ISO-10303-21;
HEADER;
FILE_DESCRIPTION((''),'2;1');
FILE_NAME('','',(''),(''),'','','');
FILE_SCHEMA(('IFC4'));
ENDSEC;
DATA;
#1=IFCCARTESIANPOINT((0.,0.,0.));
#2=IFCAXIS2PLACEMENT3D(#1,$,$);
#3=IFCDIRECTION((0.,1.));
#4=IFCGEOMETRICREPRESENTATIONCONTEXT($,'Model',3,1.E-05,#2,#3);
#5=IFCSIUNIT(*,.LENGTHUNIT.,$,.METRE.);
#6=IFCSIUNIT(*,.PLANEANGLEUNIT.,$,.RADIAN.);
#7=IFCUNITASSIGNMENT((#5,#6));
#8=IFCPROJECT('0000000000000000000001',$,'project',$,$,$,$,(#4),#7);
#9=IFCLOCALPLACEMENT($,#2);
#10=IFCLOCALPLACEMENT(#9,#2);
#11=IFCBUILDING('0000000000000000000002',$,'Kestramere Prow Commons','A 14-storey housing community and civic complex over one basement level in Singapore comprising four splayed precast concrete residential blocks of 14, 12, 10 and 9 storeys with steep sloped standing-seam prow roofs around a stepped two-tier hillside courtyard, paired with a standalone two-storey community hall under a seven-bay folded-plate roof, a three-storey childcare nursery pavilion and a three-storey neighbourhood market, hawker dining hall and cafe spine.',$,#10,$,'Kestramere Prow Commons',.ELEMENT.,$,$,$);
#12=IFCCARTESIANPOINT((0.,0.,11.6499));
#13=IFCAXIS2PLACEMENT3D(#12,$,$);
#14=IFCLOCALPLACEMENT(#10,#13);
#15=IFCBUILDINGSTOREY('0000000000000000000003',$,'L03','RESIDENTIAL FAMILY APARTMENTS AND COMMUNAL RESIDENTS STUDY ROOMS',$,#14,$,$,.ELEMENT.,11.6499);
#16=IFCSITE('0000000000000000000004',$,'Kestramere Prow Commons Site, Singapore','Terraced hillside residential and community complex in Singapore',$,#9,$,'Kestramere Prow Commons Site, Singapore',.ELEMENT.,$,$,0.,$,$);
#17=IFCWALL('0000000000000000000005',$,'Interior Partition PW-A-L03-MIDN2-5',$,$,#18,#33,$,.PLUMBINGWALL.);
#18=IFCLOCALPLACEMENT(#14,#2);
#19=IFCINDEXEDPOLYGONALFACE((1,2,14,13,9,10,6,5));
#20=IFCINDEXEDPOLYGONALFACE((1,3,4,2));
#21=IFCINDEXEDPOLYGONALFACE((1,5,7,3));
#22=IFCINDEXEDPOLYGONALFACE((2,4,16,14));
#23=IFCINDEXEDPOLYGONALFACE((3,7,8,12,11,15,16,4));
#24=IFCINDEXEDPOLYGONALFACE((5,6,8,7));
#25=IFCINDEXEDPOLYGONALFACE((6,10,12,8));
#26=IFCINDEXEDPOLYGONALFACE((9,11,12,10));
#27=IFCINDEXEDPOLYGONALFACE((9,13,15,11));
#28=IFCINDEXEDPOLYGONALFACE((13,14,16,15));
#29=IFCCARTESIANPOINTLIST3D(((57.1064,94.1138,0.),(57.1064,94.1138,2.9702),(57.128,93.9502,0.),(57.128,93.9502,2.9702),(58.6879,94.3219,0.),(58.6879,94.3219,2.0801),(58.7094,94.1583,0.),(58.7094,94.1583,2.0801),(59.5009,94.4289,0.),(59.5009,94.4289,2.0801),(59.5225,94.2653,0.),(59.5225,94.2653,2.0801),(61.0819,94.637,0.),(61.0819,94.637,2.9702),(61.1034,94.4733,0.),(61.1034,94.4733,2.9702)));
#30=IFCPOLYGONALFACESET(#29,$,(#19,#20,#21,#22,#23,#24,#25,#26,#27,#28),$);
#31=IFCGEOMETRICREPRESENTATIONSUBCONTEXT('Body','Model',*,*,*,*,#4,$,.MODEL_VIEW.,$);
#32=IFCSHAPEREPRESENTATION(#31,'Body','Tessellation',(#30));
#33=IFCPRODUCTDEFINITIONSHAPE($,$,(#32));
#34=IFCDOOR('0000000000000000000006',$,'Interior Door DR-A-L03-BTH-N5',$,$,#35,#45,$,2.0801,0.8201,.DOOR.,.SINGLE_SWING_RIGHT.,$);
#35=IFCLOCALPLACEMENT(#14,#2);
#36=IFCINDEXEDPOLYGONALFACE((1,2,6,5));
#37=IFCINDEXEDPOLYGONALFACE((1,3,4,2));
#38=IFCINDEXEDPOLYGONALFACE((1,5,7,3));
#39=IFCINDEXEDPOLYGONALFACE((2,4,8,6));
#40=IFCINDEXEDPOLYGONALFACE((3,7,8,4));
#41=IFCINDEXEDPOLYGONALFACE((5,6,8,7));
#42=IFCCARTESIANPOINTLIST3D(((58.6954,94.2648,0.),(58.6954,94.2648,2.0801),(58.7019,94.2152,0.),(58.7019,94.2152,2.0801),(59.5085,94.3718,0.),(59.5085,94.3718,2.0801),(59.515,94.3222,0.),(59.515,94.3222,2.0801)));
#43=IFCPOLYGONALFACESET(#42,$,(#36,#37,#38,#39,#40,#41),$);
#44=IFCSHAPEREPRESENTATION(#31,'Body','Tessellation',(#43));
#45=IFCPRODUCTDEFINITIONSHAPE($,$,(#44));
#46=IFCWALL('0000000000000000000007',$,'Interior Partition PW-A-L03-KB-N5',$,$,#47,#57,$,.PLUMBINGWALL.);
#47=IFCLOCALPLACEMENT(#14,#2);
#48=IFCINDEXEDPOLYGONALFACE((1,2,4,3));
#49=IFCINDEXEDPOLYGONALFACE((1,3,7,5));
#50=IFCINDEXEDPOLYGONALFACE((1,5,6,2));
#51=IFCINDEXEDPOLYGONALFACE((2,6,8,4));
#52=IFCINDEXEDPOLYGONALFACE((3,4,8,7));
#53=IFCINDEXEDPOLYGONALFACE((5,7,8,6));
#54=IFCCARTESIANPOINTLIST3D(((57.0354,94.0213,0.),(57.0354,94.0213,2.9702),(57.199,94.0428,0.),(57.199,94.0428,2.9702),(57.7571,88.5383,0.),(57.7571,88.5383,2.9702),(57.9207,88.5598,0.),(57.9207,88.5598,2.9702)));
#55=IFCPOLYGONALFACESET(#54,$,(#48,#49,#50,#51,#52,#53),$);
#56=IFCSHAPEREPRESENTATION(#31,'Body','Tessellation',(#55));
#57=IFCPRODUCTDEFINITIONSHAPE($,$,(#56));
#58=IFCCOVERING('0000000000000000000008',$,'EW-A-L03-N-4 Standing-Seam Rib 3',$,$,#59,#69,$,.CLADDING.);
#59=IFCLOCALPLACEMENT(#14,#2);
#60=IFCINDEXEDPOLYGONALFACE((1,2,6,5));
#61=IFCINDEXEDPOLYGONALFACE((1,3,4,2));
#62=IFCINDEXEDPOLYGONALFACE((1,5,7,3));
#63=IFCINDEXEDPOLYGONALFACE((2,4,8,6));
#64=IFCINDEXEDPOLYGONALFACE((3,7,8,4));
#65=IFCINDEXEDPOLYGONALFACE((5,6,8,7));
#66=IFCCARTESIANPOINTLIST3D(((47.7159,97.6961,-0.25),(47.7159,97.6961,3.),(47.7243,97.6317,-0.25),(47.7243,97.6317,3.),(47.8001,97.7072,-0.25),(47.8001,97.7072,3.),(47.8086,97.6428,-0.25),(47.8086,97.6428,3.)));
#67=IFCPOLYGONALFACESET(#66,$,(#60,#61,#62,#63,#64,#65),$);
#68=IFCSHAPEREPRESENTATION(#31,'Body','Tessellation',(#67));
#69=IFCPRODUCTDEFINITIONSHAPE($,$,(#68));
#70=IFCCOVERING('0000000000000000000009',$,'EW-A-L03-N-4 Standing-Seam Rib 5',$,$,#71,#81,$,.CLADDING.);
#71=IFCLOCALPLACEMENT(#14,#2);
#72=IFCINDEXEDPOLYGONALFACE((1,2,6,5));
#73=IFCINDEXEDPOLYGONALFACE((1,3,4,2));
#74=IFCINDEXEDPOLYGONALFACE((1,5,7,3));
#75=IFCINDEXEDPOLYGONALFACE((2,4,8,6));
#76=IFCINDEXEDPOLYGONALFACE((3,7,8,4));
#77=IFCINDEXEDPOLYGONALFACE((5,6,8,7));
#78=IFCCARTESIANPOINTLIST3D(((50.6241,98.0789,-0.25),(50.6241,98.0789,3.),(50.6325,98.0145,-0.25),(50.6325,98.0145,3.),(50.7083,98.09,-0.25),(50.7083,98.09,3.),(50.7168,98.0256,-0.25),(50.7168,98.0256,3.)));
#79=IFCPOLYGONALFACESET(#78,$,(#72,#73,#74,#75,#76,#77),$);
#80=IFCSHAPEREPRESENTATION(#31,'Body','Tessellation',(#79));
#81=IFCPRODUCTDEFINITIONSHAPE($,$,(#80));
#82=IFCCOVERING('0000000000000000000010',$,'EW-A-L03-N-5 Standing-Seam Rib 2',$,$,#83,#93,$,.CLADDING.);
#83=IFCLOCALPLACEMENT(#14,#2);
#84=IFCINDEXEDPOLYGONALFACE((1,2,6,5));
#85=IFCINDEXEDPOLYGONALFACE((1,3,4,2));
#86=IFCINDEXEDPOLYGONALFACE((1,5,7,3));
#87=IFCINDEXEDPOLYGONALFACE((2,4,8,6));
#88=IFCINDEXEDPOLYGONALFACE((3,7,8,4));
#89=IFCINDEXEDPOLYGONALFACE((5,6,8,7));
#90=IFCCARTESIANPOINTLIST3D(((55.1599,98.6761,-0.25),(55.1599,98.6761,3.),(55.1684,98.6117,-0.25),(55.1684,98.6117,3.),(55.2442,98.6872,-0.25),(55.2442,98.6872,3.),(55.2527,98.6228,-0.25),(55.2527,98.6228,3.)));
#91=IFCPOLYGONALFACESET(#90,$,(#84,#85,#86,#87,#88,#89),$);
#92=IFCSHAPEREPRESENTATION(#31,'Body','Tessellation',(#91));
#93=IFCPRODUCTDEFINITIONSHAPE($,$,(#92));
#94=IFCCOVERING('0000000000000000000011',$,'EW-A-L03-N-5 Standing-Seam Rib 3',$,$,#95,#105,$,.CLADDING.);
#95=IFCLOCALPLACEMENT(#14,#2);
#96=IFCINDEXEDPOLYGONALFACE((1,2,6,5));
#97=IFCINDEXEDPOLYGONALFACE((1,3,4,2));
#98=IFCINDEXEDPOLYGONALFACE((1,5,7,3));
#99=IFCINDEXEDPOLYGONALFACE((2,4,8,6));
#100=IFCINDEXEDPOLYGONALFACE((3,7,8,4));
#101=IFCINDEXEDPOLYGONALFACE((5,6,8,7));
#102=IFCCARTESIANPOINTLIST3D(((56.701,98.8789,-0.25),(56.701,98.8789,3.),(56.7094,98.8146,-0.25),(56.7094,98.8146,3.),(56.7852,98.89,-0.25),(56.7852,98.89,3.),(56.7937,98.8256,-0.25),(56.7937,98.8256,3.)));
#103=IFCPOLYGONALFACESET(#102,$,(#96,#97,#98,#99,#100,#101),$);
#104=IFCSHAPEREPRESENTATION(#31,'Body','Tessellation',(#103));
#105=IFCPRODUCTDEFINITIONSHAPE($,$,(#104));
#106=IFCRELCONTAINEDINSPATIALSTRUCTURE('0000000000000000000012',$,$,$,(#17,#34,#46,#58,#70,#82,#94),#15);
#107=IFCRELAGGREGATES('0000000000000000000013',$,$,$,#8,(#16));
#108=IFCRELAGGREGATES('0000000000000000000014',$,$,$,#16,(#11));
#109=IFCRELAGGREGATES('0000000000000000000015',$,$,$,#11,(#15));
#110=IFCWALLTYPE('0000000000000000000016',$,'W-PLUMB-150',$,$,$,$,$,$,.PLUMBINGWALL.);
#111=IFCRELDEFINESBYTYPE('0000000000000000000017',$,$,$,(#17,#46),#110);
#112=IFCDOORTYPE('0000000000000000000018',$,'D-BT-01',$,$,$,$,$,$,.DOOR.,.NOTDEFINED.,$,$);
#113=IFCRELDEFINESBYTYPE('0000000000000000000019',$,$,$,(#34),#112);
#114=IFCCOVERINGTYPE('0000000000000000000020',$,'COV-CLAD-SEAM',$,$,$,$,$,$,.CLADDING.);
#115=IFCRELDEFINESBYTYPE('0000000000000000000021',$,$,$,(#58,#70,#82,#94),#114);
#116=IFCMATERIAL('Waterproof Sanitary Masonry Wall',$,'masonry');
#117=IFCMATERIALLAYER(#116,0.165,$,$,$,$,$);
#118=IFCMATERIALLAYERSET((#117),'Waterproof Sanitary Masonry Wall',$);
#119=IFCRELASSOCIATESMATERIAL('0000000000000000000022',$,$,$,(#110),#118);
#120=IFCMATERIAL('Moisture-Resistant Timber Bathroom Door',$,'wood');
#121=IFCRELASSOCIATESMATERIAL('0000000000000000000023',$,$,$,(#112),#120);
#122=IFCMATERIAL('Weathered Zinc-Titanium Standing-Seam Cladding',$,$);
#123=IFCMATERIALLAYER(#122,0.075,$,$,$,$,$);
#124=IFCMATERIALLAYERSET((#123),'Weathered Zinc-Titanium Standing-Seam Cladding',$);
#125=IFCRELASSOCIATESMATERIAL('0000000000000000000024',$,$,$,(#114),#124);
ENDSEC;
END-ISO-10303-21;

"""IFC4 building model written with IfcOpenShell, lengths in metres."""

from ifc_helpers import new_model, si_unit, direction, frame, frame_2d, origin, origin_2d, place, context, subcontext, project, spatial, rectangle, extrude, material, layer, layer_set, type_object, element, fill, save


model = new_model("IFC4")

# Units and contexts
model_context = context("Model", 3, precision=1e-05, world=origin(), true_north=direction((0.0, 1.0)))
body_context = subcontext(model_context, "Body", "Model", "MODEL_VIEW")
ifc_project = project(units=[si_unit("LENGTHUNIT", "METRE"), si_unit("PLANEANGLEUNIT", "RADIAN")], contexts=[model_context])

# Site, building, storey
site_placement = place(None, origin())
site = spatial("IfcSite", under=ifc_project, at=site_placement, Name="Kestramere Prow Commons Site, Singapore", Description="Terraced hillside residential and community complex in Singapore", LongName="Kestramere Prow Commons Site, Singapore", CompositionType="ELEMENT", RefElevation=0.0)
building_placement = place(site_placement, origin())
building = spatial("IfcBuilding", under=site, at=building_placement, Name="Kestramere Prow Commons", Description="A 14-storey housing community and civic complex over one basement level in Singapore comprising four splayed precast concrete residential blocks of 14, 12, 10 and 9 storeys with steep sloped standing-seam prow roofs around a stepped two-tier hillside courtyard, paired with a standalone two-storey community hall under a seven-bay folded-plate roof, a three-storey childcare nursery pavilion and a three-storey neighbourhood market, hawker dining hall and cafe spine.", LongName="Kestramere Prow Commons", CompositionType="ELEMENT")
storey_placement = place(building_placement, frame((0.0, 0.0, 11.6499)))
storey = spatial("IfcBuildingStorey", under=building, at=storey_placement, Name="L03", Description="RESIDENTIAL FAMILY APARTMENTS AND COMMUNAL RESIDENTS STUDY ROOMS", CompositionType="ELEMENT", Elevation=11.6499)

# Wall, opening, door
ifc_material_1 = material(Name="Waterproof Sanitary Masonry Wall", Category="masonry")
ifc_layer_1 = layer(ifc_material_1, 0.165)
ifc_layer_set_1 = layer_set([ifc_layer_1], Name="Waterproof Sanitary Masonry Wall")
wall_type_1 = type_object("IfcWallType", Name="W-PLUMB-150", PredefinedType="PLUMBINGWALL", material=ifc_layer_set_1)
ifc_material_2 = material(Name="Moisture-Resistant Timber Bathroom Door", Category="wood")
door_type_1 = type_object("IfcDoorType", Name="D-BT-01", OperationType="NOTDEFINED", PredefinedType="DOOR", material=ifc_material_2)
wall_1_placement = place(storey_placement, frame((57.1172, 94.032, 0.0), z_axis=(0.0, 0.0, 1.0), x_axis=(0.991451, 0.130477, 0.0)))
wall_1 = element("IfcWall", 1, at=wall_1_placement, inside=storey, type_object=wall_type_1, Name="Interior Partition PW-A-L03-MIDN2-5", PredefinedType="PLUMBINGWALL", context=body_context, shape_type="SweptSolid", body=[
    extrude(rectangle(XDim=4.0098, YDim=0.165, at=frame_2d((2.0049, 0.0))), origin(), (0.0, 0.0, 1.0), 2.9702),
])
opening_1_placement = place(wall_1_placement, frame((1.595, 0.0, 0.0)))
opening_1 = element("IfcOpeningElement", 2, at=opening_1_placement, cuts=wall_1, PredefinedType="OPENING", context=body_context, shape_type="SweptSolid", body=[
    extrude(rectangle(XDim=0.8201, YDim=2.0801, at=frame_2d((0.4102, 1.04))), frame((0.0, 0.0974, 0.0), z_axis=(0.0, -1.0, 0.0), x_axis=(1.0, 0.0, 0.0)), (0.0, 0.0, 1.0), 0.1951),
])
door_1_placement = place(opening_1_placement, origin())
door_1 = element("IfcDoor", 3, at=door_1_placement, inside=storey, type_object=door_type_1, Name="Interior Door DR-A-L03-BTH-N5", OperationType="SINGLE_SWING_RIGHT", OverallHeight=2.0801, OverallWidth=0.8201, PredefinedType="DOOR", context=body_context, shape_type="SweptSolid", body=[
    extrude(rectangle(XDim=0.8201, YDim=2.0801, at=frame_2d((0.4102, 1.04))), frame((0.0, 0.0249, 0.0), z_axis=(0.0, -1.0, 0.0), x_axis=(1.0, 0.0, 0.0)), (0.0, 0.0, 1.0), 0.05),
])
fill(opening_1, door_1)

# Wall
wall_2_placement = place(storey_placement, frame((57.8389, 88.5491, 0.0), z_axis=(0.0, 0.0, 1.0), x_axis=(-0.130498, 0.991449, 0.0)))
element("IfcWall", 4, at=wall_2_placement, inside=storey, type_object=wall_type_1, Name="Interior Partition PW-A-L03-KB-N5", PredefinedType="PLUMBINGWALL", context=body_context, shape_type="SweptSolid", body=[
    extrude(rectangle(XDim=5.5303, YDim=0.165, at=frame_2d((2.7651, 0.0))), origin(), (0.0, 0.0, 1.0), 2.9702),
])

# Coverings
ifc_material_3 = material(Name="Weathered Zinc-Titanium Standing-Seam Cladding")
ifc_layer_2 = layer(ifc_material_3, 0.075)
ifc_layer_set_2 = layer_set([ifc_layer_2], Name="Weathered Zinc-Titanium Standing-Seam Cladding")
covering_type = type_object("IfcCoveringType", Name="COV-CLAD-SEAM", PredefinedType="CLADDING", material=ifc_layer_set_2)
for number, where, z_axis, x_axis, name in (
    (5, (47.7622, 97.6694, -0.25), (0.0, 0.0, 1.0), (0.991445, 0.130526, 0.0), "EW-A-L03-N-4 Standing-Seam Rib 3"),
    (6, (50.6704, 98.0522, -0.25), (0.0, 0.0, 1.0), (0.991445, 0.130526, 0.0), "EW-A-L03-N-4 Standing-Seam Rib 5"),
    (7, (55.2063, 98.6494, -0.25), (0.0, 0.0, 1.0), (0.991445, 0.130526, 0.0), "EW-A-L03-N-5 Standing-Seam Rib 2"),
    (8, (56.7473, 98.8523, -0.25), (0.0, 0.0, 1.0), (0.991445, 0.130526, 0.0), "EW-A-L03-N-5 Standing-Seam Rib 3"),
):
    element("IfcCovering", number, at=place(storey_placement, frame(where, z_axis=z_axis, x_axis=x_axis)), inside=storey, type_object=covering_type, Name=name, PredefinedType="CLADDING", context=body_context, shape_type="SweptSolid", body=[
        extrude(rectangle(XDim=0.085, YDim=0.0649, at=origin_2d()), origin(), (0.0, 0.0, 1.0), 3.25),
    ])

save(model, "model.ifc")
